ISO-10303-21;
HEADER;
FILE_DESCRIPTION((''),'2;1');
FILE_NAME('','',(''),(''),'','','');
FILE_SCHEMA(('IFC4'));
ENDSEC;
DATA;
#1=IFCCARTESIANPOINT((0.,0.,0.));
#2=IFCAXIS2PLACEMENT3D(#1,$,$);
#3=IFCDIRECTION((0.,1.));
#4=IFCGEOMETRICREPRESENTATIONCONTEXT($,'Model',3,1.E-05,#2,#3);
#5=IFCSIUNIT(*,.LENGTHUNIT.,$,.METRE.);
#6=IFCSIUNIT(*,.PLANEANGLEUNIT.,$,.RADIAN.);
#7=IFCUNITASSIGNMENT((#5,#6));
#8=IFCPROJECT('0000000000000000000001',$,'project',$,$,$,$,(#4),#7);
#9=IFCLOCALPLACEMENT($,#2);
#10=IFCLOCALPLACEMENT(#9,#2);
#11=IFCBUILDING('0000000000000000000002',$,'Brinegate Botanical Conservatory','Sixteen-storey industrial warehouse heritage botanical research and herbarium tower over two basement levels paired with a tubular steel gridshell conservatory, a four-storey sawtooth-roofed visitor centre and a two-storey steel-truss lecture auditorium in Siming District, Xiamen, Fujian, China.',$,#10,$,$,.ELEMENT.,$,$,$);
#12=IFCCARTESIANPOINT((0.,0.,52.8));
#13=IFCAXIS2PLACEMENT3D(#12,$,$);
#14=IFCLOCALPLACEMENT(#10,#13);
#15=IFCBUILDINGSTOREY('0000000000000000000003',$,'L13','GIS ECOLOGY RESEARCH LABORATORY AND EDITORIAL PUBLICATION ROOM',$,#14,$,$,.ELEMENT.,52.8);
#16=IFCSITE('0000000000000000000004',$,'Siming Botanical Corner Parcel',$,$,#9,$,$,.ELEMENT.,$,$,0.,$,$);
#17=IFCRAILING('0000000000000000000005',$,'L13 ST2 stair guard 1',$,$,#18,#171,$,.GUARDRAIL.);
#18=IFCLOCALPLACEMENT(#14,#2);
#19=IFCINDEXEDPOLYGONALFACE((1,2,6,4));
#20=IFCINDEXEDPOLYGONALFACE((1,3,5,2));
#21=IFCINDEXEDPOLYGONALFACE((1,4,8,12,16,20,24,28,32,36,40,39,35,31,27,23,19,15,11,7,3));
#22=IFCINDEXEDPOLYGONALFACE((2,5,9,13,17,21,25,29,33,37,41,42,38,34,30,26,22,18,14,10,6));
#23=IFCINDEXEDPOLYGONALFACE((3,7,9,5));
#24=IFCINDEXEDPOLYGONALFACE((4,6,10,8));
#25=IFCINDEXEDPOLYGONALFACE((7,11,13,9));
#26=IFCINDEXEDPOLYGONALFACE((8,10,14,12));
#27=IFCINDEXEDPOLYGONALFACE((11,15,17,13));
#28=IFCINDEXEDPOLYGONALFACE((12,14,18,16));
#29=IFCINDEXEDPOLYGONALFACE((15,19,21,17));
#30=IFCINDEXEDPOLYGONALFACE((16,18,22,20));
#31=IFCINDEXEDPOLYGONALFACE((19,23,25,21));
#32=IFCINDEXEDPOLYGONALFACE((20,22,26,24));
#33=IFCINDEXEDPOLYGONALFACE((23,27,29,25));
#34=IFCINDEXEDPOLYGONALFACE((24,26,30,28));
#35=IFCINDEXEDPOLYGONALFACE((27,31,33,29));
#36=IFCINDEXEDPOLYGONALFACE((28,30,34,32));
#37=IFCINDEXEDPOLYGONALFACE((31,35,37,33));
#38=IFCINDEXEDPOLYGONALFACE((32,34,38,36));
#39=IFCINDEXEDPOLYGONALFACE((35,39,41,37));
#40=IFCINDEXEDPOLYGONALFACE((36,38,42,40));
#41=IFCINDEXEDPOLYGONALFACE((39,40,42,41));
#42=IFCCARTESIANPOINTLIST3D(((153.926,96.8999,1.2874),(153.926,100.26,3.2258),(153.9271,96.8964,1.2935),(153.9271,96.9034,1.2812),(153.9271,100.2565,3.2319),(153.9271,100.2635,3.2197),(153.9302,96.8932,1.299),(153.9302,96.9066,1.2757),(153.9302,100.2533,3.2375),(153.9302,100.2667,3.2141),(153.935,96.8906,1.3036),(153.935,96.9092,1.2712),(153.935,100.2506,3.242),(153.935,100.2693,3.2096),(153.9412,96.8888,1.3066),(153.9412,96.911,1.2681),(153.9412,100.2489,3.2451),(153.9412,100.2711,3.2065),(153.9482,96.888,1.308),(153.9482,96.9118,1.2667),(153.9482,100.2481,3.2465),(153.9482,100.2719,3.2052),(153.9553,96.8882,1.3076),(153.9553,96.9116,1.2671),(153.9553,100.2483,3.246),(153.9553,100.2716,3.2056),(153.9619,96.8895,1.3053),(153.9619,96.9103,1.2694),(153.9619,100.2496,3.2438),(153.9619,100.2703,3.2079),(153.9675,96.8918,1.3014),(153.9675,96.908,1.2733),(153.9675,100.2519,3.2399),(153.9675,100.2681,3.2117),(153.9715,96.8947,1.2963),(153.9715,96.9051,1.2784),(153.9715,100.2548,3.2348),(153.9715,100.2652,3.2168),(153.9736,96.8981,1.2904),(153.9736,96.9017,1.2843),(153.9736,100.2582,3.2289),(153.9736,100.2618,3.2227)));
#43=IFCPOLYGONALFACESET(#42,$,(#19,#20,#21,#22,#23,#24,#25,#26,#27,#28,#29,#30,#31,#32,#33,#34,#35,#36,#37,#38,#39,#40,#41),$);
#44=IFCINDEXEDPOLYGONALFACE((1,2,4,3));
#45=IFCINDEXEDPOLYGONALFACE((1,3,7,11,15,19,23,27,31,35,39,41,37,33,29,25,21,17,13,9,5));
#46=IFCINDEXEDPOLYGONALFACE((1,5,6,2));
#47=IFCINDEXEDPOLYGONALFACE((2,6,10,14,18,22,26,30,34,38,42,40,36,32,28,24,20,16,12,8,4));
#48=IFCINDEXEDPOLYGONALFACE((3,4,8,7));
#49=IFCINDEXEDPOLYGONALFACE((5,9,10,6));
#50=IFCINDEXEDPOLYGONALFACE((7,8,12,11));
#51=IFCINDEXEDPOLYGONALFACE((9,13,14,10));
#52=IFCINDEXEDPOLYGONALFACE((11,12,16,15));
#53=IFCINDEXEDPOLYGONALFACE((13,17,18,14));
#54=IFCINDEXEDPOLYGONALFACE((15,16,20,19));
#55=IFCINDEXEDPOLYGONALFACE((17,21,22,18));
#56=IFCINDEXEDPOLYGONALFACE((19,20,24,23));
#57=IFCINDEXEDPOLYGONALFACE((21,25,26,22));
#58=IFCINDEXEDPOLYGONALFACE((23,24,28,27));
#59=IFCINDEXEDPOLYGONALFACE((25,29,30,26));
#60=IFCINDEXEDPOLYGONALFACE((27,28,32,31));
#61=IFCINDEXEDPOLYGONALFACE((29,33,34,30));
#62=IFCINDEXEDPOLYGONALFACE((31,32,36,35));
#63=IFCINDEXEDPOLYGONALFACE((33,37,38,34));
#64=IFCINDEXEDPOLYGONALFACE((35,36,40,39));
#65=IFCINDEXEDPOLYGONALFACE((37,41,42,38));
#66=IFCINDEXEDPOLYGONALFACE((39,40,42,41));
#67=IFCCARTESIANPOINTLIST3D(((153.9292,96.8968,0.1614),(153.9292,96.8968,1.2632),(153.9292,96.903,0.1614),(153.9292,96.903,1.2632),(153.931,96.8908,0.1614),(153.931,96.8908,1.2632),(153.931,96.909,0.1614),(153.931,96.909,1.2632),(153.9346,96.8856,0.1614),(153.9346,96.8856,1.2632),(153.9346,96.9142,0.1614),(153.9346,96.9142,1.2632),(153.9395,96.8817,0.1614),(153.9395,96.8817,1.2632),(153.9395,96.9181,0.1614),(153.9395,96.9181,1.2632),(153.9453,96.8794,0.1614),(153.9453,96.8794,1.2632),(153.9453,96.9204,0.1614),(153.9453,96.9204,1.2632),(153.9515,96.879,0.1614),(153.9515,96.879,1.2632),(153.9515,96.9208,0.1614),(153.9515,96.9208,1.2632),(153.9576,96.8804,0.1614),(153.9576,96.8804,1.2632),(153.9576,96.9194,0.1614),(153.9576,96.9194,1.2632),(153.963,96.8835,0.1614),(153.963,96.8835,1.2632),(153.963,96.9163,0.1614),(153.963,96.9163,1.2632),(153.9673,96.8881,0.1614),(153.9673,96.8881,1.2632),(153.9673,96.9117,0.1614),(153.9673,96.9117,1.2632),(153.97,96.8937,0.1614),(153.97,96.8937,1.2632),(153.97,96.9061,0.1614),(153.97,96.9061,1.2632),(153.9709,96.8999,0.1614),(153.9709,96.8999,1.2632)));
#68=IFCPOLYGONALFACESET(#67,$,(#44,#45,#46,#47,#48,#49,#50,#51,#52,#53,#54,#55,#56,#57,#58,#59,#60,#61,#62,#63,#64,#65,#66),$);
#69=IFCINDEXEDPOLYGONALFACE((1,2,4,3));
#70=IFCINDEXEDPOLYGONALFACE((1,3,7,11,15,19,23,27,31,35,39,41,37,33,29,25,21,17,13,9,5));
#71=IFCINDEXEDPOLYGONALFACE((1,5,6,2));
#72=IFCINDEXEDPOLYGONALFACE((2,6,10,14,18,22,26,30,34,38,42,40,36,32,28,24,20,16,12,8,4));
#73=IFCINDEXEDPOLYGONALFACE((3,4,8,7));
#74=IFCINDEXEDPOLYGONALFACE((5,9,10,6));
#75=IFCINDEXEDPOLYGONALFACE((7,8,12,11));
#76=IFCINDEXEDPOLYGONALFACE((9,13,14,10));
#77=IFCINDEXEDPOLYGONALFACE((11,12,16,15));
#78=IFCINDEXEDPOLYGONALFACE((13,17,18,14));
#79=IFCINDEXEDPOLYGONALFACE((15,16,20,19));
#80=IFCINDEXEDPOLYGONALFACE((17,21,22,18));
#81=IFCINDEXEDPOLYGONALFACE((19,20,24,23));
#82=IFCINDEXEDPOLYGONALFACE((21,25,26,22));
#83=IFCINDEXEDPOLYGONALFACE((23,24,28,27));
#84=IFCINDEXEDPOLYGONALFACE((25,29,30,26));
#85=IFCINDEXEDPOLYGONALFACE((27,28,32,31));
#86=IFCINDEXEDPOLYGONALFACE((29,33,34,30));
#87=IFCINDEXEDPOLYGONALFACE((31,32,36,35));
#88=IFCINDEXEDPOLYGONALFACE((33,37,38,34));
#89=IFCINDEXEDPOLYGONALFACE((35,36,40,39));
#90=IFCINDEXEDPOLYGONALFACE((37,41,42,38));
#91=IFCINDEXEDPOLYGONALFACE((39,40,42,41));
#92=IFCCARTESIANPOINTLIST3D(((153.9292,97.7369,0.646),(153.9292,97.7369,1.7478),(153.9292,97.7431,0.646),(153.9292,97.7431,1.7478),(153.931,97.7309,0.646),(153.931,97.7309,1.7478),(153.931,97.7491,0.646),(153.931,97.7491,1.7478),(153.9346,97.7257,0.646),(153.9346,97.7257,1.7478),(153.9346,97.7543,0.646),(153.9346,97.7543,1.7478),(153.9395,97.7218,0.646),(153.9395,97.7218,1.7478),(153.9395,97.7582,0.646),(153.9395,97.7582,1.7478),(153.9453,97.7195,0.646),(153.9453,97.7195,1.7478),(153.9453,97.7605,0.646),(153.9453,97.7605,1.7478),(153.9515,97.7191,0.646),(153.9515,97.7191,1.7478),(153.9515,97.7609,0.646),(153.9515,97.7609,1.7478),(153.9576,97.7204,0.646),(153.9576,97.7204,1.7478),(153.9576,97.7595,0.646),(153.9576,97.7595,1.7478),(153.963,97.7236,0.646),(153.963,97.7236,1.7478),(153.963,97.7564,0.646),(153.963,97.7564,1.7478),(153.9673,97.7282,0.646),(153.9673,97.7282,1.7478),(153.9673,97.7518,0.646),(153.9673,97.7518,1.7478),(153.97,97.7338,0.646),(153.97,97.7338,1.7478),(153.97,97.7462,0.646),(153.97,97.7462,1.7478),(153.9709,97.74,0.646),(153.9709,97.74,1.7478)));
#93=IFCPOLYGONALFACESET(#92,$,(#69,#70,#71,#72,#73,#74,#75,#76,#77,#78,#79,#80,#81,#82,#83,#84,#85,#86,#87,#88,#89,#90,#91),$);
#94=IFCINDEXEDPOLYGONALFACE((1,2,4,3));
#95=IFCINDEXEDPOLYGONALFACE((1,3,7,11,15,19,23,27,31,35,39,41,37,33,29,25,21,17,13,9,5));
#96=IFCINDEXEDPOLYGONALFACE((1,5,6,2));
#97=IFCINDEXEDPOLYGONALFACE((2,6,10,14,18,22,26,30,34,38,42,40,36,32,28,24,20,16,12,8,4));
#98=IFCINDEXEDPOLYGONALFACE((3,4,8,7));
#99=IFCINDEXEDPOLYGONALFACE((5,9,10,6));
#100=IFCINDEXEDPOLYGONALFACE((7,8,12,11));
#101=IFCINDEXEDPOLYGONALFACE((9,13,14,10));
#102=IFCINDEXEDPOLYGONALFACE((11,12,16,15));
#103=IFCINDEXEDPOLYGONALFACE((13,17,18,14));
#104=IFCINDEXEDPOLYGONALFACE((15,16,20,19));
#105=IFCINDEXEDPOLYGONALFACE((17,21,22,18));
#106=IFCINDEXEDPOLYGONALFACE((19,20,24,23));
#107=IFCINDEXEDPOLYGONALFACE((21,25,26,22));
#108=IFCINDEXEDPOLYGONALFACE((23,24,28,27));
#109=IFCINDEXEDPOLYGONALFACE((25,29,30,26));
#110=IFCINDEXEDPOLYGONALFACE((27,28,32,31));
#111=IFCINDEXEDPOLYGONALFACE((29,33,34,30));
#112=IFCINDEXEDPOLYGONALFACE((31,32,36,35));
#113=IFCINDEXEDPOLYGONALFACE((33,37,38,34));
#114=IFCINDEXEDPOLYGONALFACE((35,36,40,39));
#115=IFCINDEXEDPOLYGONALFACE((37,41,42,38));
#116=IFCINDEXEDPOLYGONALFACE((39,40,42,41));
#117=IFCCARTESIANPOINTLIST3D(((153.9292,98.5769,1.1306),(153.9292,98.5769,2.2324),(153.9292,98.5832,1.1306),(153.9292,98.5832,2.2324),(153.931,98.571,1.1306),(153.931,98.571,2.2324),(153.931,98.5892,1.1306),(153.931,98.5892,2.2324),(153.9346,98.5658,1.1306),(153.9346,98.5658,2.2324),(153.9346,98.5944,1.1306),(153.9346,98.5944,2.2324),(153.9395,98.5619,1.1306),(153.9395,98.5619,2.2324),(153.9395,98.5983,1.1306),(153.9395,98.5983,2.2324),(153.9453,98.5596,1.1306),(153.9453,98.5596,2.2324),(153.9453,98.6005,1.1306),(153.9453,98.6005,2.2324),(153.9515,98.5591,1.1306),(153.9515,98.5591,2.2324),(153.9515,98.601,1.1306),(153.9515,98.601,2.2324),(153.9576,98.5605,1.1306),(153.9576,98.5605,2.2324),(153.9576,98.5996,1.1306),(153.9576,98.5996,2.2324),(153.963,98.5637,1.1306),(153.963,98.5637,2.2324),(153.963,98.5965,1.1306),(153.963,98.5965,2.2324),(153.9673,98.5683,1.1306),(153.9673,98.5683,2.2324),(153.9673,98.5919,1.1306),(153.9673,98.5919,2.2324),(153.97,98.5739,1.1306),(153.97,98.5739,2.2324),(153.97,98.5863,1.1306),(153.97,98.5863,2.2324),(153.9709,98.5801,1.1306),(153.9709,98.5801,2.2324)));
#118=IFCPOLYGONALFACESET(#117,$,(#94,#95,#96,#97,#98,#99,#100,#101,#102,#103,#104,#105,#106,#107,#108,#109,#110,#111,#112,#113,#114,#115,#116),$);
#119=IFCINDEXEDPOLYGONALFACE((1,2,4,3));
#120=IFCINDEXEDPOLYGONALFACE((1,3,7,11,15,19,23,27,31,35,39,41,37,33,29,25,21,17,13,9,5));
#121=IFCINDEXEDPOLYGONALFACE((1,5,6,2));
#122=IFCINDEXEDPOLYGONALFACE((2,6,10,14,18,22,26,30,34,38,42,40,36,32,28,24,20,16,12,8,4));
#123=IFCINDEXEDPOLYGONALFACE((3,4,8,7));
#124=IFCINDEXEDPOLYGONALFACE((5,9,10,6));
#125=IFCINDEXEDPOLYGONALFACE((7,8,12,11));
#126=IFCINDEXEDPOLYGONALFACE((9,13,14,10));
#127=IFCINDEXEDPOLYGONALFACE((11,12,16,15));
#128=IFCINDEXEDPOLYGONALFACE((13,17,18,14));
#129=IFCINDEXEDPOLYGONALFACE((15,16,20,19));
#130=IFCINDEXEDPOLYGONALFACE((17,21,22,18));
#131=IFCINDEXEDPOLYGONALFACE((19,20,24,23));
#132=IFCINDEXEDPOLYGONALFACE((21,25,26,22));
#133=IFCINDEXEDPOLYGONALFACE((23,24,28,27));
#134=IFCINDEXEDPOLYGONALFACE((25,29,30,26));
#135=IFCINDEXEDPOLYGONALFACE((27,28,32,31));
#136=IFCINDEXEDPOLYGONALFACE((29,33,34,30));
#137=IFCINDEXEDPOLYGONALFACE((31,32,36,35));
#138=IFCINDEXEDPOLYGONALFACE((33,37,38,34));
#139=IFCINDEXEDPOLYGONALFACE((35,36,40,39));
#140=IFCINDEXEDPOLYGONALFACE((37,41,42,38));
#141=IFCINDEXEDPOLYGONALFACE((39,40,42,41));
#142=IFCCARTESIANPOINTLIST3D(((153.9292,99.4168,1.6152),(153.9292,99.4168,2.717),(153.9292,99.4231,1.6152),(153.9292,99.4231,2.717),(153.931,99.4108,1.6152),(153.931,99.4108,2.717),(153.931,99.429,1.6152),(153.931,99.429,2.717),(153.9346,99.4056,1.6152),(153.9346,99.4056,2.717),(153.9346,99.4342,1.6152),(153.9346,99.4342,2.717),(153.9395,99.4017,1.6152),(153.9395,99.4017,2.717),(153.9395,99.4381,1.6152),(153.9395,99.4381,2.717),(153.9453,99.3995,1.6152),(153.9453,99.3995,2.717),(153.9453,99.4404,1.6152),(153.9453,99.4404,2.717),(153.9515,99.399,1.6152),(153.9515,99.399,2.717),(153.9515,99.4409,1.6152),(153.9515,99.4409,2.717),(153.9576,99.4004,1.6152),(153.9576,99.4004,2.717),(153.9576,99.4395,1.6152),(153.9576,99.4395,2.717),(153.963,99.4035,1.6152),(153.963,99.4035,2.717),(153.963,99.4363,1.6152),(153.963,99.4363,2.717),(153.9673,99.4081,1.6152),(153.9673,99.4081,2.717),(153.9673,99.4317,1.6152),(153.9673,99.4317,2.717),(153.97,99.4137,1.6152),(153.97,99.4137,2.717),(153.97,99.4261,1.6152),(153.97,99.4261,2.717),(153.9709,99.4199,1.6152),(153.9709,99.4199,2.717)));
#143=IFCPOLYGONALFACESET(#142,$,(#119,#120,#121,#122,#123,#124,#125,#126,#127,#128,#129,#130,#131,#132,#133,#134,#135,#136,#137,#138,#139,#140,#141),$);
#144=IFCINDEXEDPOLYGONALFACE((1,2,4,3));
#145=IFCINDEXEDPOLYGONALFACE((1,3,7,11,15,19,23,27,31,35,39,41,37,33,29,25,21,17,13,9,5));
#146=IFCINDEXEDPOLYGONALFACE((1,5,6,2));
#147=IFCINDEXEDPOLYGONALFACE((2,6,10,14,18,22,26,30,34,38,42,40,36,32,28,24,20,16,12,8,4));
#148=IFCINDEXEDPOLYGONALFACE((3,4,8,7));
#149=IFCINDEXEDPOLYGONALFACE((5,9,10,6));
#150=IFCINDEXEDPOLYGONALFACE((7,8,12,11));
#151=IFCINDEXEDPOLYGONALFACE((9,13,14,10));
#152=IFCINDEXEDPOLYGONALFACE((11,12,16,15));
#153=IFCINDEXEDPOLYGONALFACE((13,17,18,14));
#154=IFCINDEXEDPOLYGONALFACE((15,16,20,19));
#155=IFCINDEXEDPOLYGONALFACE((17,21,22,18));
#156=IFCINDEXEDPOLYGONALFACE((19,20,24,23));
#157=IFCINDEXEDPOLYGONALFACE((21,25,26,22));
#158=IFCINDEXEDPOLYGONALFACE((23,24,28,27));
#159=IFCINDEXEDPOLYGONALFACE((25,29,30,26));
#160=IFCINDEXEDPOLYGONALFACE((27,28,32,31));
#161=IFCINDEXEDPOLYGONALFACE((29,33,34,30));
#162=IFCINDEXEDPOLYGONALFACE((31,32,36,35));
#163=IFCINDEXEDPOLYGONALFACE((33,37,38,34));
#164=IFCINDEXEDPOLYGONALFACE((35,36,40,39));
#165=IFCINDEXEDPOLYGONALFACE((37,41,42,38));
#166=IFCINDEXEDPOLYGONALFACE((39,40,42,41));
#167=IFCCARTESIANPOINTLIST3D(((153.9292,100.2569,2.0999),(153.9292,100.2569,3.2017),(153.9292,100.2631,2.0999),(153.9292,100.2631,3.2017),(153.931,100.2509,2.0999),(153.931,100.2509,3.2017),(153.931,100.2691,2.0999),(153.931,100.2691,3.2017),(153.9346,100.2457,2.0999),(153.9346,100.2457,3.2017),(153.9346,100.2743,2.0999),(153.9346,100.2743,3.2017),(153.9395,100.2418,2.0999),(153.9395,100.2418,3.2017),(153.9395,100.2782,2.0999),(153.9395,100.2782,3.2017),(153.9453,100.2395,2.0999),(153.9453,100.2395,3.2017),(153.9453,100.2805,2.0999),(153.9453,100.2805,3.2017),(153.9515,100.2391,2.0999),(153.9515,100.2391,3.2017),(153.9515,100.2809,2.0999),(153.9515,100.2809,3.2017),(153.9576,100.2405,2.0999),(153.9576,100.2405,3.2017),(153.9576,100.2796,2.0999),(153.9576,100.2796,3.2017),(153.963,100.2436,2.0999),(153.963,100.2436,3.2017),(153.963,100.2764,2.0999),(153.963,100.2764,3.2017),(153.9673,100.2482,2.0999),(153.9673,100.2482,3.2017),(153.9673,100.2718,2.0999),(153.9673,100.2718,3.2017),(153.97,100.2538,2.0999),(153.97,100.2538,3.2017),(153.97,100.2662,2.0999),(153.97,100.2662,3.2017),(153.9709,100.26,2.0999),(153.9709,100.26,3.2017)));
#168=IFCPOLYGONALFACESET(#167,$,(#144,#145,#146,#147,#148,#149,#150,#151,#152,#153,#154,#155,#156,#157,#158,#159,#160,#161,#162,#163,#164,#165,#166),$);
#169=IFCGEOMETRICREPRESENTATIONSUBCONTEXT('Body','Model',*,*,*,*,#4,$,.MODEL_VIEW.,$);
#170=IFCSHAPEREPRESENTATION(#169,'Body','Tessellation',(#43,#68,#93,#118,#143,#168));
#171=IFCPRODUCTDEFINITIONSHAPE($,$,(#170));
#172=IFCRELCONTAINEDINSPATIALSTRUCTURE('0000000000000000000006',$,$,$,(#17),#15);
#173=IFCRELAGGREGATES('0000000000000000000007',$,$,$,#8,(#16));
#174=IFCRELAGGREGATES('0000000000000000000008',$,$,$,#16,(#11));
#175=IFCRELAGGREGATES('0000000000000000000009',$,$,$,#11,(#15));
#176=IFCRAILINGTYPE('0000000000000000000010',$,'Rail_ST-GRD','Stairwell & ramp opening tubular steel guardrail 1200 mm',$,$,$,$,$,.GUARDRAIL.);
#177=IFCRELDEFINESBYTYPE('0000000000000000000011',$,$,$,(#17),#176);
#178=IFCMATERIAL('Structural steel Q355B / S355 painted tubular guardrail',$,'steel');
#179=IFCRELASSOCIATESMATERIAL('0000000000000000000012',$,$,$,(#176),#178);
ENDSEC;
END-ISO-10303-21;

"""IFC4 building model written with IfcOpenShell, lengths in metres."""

from ifc_helpers import new_model, si_unit, direction, frame, origin, origin_2d, place, context, subcontext, project, spatial, circle, extrude, material, type_object, element, save


model = new_model("IFC4")

# Units and contexts
model_context = context("Model", 3, precision=1e-05, world=origin(), true_north=direction((0.0, 1.0)))
body_context = subcontext(model_context, "Body", "Model", "MODEL_VIEW")
ifc_project = project(units=[si_unit("LENGTHUNIT", "METRE"), si_unit("PLANEANGLEUNIT", "RADIAN")], contexts=[model_context])

# Site, building, storey
site_placement = place(None, origin())
site = spatial("IfcSite", under=ifc_project, at=site_placement, Name="Siming Botanical Corner Parcel", CompositionType="ELEMENT", RefElevation=0.0)
building_placement = place(site_placement, origin())
building = spatial("IfcBuilding", under=site, at=building_placement, Name="Brinegate Botanical Conservatory", Description="Sixteen-storey industrial warehouse heritage botanical research and herbarium tower over two basement levels paired with a tubular steel gridshell conservatory, a four-storey sawtooth-roofed visitor centre and a two-storey steel-truss lecture auditorium in Siming District, Xiamen, Fujian, China.", CompositionType="ELEMENT")
storey_placement = place(building_placement, frame((0.0, 0.0, 52.8)))
storey = spatial("IfcBuildingStorey", under=building, at=storey_placement, Name="L13", Description="GIS ECOLOGY RESEARCH LABORATORY AND EDITORIAL PUBLICATION ROOM", CompositionType="ELEMENT", Elevation=52.8)

# Railing
ifc_material_1 = material(Name="Structural steel Q355B / S355 painted tubular guardrail", Category="steel")
railing_type_1 = type_object("IfcRailingType", Name="Rail_ST-GRD", Description="Stairwell & ramp opening tubular steel guardrail 1200 mm", PredefinedType="GUARDRAIL", material=ifc_material_1)
railing_1_placement = place(storey_placement, frame((153.95, 96.8999, 0.1614)))
element("IfcRailing", 1, at=railing_1_placement, inside=storey, type_object=railing_type_1, Name="L13 ST2 stair guard 1", PredefinedType="GUARDRAIL", context=body_context, shape_type="SweptSolid", body=[
    extrude(circle(Radius=0.0239, at=origin_2d()), frame((0.0, 0.0, 1.126), z_axis=(0.0, 0.866191, 0.499713), x_axis=(-1.0, 0.0, 0.0)), (0.0, 0.0, 1.0), 3.8792),
    extrude(circle(Radius=0.021, at=origin_2d()), origin(), (0.0, 0.0, 1.0), 1.1018),
    extrude(circle(Radius=0.021, at=origin_2d()), frame((0.0, 0.8401, 0.4846)), (0.0, 0.0, 1.0), 1.1018),
    extrude(circle(Radius=0.021, at=origin_2d()), frame((0.0, 1.6802, 0.9692)), (0.0, 0.0, 1.0), 1.1018),
    extrude(circle(Radius=0.021, at=origin_2d()), frame((0.0, 2.52, 1.4539)), (0.0, 0.0, 1.0), 1.1018),
    extrude(circle(Radius=0.021, at=origin_2d()), frame((0.0, 3.3601, 1.9385)), (0.0, 0.0, 1.0), 1.1018),
])

save(model, "model.ifc")
